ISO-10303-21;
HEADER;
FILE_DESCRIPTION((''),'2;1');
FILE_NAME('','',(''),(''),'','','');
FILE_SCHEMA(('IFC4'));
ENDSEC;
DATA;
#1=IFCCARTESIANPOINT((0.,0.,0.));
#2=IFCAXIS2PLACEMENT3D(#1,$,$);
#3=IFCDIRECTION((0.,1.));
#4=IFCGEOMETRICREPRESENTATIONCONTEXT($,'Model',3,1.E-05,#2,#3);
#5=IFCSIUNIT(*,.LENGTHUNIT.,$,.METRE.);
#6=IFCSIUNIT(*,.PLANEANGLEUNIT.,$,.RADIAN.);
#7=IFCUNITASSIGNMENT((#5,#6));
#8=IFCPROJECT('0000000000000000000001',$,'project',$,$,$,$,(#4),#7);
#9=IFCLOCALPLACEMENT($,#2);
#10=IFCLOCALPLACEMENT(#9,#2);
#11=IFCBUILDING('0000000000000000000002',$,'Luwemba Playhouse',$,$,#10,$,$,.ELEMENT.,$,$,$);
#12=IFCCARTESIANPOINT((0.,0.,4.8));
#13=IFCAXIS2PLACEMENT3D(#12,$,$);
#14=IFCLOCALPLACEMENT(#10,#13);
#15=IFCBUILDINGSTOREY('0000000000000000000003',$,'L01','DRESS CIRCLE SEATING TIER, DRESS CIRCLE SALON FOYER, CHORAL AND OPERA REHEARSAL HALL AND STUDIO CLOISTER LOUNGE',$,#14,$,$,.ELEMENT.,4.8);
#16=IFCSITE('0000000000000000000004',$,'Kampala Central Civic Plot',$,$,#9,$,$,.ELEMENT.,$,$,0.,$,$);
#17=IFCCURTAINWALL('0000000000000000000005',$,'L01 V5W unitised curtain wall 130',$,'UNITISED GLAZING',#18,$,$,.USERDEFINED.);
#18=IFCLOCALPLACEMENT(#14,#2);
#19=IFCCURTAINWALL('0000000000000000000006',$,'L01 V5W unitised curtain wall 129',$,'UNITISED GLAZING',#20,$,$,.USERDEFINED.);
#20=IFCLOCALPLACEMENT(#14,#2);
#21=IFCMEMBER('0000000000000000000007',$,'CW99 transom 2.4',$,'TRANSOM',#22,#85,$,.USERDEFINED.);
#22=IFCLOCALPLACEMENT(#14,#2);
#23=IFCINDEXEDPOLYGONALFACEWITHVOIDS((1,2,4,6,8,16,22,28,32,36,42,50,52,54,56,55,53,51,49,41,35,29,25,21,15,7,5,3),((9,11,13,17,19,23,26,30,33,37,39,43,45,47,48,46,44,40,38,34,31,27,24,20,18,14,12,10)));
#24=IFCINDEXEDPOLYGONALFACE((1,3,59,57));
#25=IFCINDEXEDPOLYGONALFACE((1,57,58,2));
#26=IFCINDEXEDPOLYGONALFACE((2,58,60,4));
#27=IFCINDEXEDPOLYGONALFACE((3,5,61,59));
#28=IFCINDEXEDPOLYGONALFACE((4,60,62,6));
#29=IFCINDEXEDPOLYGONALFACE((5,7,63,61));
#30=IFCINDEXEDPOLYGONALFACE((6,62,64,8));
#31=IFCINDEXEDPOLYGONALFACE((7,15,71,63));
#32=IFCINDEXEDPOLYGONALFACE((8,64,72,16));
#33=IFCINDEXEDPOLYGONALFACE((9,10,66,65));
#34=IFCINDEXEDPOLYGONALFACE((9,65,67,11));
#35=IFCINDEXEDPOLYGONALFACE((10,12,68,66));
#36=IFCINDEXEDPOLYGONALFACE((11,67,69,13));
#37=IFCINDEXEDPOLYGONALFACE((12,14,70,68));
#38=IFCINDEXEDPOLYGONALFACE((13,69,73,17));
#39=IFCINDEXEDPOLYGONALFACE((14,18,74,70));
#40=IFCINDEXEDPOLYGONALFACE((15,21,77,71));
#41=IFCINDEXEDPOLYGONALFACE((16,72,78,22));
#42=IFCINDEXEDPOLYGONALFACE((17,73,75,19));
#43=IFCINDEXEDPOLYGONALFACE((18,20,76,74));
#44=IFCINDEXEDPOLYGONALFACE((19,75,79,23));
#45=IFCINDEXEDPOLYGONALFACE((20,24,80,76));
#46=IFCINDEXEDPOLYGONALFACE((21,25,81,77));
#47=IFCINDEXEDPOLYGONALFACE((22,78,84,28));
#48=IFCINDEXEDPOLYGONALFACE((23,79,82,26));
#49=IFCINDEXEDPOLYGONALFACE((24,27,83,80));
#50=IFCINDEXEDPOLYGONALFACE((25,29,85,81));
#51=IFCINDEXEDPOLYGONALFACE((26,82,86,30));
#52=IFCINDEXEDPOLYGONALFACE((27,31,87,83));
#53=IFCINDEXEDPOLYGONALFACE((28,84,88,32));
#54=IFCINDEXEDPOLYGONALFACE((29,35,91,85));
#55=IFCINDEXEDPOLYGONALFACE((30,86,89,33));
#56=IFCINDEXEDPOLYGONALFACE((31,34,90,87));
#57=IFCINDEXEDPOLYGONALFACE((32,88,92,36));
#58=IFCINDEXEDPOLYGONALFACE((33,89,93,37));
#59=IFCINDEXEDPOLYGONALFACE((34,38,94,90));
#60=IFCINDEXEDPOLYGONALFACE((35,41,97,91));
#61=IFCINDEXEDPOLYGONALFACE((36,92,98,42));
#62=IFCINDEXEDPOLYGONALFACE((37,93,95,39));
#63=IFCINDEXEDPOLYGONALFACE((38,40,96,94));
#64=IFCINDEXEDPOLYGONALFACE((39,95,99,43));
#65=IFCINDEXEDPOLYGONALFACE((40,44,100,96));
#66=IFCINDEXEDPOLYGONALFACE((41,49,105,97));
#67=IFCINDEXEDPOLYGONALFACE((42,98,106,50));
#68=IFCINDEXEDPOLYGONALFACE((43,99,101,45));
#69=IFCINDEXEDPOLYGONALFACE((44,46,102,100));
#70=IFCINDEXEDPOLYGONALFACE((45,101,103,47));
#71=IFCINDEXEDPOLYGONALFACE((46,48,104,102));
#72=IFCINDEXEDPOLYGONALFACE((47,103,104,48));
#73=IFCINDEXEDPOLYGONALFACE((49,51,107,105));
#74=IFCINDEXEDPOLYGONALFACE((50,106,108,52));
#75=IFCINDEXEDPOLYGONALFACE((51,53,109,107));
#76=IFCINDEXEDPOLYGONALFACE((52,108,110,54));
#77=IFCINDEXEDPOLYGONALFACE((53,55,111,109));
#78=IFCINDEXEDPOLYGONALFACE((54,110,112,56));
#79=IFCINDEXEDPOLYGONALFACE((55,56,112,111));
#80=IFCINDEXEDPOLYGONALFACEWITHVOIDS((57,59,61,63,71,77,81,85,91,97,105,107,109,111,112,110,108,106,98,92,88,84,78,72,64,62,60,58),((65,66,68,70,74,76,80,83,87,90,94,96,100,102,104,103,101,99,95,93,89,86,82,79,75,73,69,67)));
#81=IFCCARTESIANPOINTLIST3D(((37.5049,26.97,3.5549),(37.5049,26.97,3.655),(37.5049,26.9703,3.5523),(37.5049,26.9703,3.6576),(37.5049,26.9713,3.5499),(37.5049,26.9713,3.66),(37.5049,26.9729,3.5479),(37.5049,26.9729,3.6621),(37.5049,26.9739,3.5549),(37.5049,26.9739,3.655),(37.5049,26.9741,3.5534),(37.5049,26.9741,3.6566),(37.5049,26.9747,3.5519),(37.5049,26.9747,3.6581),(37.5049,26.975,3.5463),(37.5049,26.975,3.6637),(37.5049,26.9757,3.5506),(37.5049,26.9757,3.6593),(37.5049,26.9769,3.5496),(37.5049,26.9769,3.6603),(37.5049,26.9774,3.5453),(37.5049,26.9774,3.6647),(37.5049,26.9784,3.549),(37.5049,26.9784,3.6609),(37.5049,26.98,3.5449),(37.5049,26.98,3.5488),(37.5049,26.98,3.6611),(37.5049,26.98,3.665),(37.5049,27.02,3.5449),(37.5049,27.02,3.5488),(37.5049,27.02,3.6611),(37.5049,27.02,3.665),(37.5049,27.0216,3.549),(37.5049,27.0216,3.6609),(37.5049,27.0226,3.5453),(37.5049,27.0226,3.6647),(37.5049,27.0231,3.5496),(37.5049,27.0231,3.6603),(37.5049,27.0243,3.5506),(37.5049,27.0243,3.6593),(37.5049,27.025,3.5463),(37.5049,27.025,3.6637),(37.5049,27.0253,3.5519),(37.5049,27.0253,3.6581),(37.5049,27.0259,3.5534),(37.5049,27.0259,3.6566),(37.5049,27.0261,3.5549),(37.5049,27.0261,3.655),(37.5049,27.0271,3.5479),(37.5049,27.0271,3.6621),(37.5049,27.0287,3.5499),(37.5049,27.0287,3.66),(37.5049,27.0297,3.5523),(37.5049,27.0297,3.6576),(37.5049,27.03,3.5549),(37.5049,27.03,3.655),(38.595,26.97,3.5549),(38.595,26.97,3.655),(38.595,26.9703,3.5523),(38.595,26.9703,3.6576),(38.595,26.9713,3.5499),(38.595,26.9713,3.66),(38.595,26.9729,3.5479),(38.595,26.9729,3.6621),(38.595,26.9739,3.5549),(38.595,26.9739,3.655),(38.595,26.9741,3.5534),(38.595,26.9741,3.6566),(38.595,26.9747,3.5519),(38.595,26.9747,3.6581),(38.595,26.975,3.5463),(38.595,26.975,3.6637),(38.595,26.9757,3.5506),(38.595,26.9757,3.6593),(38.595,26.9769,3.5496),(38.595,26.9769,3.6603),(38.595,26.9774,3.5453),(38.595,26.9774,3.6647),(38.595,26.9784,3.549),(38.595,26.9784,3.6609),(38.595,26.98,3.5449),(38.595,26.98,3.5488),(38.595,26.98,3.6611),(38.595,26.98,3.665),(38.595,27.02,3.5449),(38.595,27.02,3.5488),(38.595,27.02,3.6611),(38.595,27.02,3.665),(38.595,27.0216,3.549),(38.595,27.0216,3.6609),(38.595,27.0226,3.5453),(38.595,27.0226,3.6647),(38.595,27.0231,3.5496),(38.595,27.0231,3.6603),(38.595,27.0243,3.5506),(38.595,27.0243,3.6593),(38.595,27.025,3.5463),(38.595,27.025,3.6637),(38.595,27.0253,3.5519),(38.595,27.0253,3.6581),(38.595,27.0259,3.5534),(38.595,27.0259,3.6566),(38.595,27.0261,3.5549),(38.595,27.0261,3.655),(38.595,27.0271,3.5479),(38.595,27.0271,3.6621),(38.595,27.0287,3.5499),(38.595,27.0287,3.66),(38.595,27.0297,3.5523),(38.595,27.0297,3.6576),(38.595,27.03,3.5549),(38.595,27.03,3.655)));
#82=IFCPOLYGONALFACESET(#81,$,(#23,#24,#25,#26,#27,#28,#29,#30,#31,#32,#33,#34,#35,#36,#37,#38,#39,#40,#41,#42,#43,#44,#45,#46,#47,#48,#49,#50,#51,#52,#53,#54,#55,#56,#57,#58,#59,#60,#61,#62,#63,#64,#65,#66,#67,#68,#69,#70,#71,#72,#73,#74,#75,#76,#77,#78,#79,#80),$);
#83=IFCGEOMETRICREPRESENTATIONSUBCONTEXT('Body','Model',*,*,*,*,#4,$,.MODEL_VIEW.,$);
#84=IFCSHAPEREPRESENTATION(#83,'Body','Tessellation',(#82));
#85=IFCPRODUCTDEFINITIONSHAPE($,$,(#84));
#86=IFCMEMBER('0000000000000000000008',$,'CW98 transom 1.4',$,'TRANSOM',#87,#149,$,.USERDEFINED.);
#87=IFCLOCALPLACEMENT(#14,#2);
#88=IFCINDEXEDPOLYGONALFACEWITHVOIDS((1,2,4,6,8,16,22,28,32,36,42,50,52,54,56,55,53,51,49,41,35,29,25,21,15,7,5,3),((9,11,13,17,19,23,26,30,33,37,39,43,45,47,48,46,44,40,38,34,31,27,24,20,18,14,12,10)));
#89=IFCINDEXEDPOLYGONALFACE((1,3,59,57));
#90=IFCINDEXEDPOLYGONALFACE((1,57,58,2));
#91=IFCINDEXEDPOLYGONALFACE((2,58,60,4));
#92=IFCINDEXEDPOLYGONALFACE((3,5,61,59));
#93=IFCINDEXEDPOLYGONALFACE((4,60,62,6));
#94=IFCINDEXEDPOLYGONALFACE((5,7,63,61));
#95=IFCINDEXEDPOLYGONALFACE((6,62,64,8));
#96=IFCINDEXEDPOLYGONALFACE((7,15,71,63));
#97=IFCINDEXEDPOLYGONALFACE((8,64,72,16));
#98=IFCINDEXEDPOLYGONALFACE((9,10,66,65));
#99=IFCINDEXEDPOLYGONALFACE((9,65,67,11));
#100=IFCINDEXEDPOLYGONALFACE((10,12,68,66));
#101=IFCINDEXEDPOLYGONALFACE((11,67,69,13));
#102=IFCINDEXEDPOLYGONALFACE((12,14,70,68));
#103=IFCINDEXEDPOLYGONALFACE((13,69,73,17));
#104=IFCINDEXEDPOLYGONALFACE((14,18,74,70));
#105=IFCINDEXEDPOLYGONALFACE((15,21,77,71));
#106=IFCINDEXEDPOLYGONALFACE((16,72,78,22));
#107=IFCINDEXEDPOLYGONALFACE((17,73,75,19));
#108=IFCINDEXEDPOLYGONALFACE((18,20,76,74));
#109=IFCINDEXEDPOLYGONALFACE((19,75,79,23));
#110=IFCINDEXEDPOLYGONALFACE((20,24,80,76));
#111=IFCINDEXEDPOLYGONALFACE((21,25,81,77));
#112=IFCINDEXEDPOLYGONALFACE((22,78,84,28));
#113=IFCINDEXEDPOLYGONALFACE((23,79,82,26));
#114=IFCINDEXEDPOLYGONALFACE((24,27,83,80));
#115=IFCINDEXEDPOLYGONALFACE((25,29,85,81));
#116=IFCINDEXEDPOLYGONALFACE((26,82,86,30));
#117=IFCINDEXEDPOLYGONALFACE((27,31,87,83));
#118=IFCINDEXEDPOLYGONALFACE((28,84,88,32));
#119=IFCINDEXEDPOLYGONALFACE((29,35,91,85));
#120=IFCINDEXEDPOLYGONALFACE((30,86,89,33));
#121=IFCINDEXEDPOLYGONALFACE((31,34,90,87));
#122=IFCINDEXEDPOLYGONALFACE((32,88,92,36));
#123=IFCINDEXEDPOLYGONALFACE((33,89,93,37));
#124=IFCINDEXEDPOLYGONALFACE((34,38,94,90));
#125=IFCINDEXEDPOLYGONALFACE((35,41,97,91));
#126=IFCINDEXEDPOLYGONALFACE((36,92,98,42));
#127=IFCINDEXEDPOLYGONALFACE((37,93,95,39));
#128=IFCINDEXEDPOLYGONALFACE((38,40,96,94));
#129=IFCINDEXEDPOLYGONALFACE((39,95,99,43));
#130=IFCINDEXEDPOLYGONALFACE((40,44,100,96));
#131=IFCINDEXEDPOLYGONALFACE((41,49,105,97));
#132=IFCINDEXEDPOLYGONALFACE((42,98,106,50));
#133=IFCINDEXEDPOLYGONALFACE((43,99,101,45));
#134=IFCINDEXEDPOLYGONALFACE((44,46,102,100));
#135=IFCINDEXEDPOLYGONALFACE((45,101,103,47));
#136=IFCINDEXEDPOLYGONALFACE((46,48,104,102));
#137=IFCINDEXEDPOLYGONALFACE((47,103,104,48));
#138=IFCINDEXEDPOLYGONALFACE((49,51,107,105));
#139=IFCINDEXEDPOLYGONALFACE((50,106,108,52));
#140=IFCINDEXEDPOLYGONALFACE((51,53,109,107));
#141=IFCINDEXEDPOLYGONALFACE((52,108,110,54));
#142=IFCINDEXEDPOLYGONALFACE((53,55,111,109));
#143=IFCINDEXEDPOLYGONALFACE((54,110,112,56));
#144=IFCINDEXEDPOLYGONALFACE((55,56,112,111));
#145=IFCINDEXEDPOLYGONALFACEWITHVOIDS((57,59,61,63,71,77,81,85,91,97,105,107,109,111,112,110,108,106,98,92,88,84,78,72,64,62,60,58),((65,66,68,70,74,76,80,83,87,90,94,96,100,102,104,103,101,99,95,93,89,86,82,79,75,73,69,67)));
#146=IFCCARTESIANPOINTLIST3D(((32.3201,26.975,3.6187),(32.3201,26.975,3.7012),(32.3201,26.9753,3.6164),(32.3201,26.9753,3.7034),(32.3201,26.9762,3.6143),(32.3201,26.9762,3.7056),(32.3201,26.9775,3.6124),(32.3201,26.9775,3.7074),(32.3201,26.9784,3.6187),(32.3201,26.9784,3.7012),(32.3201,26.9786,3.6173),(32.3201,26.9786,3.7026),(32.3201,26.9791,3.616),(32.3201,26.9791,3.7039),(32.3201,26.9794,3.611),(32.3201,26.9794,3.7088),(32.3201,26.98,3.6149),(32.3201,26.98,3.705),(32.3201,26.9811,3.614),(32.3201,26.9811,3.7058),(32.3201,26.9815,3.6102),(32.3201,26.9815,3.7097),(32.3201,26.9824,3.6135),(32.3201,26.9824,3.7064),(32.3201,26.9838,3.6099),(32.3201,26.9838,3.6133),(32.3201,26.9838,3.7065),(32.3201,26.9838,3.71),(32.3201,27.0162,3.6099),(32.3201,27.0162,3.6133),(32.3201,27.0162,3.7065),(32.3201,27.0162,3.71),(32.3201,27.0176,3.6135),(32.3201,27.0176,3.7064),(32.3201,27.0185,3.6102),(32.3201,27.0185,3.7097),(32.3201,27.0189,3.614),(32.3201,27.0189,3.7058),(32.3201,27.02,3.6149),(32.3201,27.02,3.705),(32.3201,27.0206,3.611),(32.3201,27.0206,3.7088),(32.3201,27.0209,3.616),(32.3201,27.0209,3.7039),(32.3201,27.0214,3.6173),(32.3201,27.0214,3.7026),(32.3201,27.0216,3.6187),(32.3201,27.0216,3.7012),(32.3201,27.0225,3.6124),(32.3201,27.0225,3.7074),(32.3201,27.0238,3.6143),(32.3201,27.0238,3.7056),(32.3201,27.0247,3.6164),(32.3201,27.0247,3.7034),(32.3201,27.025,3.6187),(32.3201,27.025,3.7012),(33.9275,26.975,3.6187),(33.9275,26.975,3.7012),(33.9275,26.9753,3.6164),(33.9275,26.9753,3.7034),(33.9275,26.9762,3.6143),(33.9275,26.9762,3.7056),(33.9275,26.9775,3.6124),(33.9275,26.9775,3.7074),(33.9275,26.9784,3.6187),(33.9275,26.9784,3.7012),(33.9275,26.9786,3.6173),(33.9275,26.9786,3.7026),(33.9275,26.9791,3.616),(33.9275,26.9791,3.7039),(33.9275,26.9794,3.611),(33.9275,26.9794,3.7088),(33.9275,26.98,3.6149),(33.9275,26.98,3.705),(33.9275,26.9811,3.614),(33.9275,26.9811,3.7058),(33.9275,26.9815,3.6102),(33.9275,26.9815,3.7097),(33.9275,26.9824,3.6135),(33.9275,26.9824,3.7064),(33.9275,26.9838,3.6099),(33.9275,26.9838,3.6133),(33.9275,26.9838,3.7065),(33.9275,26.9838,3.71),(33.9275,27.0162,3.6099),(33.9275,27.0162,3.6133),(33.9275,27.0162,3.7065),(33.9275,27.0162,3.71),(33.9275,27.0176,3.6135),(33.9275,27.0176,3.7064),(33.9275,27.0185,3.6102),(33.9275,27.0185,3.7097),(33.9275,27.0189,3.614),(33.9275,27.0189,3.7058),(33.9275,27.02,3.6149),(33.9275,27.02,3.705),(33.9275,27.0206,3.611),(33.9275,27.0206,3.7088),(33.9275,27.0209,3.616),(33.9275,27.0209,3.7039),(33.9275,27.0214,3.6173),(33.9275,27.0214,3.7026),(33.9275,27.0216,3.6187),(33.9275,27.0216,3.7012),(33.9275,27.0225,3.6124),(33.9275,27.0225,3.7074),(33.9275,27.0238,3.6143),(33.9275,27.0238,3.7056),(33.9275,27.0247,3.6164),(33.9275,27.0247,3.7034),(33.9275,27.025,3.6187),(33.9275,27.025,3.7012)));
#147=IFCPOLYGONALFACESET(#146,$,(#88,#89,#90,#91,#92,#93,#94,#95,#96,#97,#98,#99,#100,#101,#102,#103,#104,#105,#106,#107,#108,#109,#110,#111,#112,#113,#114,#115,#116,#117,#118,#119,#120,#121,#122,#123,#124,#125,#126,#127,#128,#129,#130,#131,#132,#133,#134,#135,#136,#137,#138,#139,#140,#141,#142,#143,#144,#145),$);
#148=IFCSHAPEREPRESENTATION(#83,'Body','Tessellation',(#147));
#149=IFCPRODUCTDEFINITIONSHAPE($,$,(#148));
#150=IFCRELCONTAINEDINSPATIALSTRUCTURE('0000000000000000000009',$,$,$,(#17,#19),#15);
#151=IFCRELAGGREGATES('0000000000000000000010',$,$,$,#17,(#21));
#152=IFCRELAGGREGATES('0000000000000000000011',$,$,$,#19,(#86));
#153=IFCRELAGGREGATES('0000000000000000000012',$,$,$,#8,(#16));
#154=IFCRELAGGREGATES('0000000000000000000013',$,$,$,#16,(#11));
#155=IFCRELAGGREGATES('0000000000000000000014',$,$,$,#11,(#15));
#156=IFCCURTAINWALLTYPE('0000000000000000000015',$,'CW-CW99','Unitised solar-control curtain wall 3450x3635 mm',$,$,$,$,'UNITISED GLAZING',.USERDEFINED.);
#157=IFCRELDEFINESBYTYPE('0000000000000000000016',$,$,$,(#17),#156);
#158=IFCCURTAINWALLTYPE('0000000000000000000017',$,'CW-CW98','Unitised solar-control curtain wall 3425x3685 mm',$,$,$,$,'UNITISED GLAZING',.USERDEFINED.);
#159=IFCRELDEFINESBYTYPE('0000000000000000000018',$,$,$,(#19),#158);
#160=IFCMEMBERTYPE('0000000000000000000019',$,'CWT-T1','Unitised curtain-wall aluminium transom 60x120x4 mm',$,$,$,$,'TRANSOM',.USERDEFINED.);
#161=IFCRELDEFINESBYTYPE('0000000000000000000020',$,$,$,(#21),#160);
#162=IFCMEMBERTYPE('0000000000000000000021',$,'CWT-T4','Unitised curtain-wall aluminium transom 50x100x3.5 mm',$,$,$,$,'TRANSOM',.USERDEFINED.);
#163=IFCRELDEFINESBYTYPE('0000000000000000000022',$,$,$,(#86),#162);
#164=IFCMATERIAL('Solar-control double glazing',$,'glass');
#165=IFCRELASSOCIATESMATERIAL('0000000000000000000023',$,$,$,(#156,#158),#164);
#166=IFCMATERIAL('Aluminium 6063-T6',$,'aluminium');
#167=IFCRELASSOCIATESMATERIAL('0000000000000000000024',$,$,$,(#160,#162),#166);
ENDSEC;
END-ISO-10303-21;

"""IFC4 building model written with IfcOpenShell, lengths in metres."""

from ifc_helpers import new_model, si_unit, direction, frame, origin, origin_2d, place, context, subcontext, project, spatial, hollow_rectangle, extrude, material, material_profile, profile_set, type_object, element, aggregate, save


model = new_model("IFC4")

# Units and contexts
model_context = context("Model", 3, precision=1e-05, world=origin(), true_north=direction((0.0, 1.0)))
body_context = subcontext(model_context, "Body", "Model", "MODEL_VIEW")
ifc_project = project(units=[si_unit("LENGTHUNIT", "METRE"), si_unit("PLANEANGLEUNIT", "RADIAN")], contexts=[model_context])

# Site, building, storey
site_placement = place(None, origin())
site = spatial("IfcSite", under=ifc_project, at=site_placement, Name="Kampala Central Civic Plot", CompositionType="ELEMENT", RefElevation=0.0)
building_placement = place(site_placement, origin())
building = spatial("IfcBuilding", under=site, at=building_placement, Name="Luwemba Playhouse", CompositionType="ELEMENT")
storey_placement = place(building_placement, frame((0.0, 0.0, 4.8)))
storey = spatial("IfcBuildingStorey", under=building, at=storey_placement, Name="L01", Description="DRESS CIRCLE SEATING TIER, DRESS CIRCLE SALON FOYER, CHORAL AND OPERA REHEARSAL HALL AND STUDIO CLOISTER LOUNGE", CompositionType="ELEMENT", Elevation=4.8)

# Curtain walls
ifc_material_1 = material(Name="Solar-control double glazing", Category="glass")
curtain_wall_type_1 = type_object("IfcCurtainWallType", Name="CW-CW99", Description="Unitised solar-control curtain wall 3450x3635 mm", ElementType="UNITISED GLAZING", PredefinedType="USERDEFINED", material=ifc_material_1)
curtain_wall_1_placement = place(storey_placement, origin())
curtain_wall_1 = element("IfcCurtainWall", 1, at=curtain_wall_1_placement, inside=storey, type_object=curtain_wall_type_1, Name="L01 V5W unitised curtain wall 130", ObjectType="UNITISED GLAZING", PredefinedType="USERDEFINED")
ifc_material_2 = material(Name="Aluminium 6063-T6", Category="aluminium")
curtain_wall_type_2 = type_object("IfcCurtainWallType", Name="CW-CW98", Description="Unitised solar-control curtain wall 3425x3685 mm", ElementType="UNITISED GLAZING", PredefinedType="USERDEFINED", material=ifc_material_1)
curtain_wall_2_placement = place(storey_placement, origin())
curtain_wall_2 = element("IfcCurtainWall", 2, at=curtain_wall_2_placement, inside=storey, type_object=curtain_wall_type_2, Name="L01 V5W unitised curtain wall 129", ObjectType="UNITISED GLAZING", PredefinedType="USERDEFINED")

# Members
ifc_material_profile_1 = material_profile(ifc_material_2, hollow_rectangle(XDim=0.0601, YDim=0.1201, WallThickness=0.0039, InnerFilletRadius=0.0061, OuterFilletRadius=0.01, at=origin_2d()))
ifc_profile_set_1 = profile_set([ifc_material_profile_1], Name="Aluminium 6063-T6")
member_type_1 = type_object("IfcMemberType", Name="CWT-T1", Description="Unitised curtain-wall aluminium transom 60x120x4 mm", ElementType="TRANSOM", PredefinedType="USERDEFINED", material=ifc_profile_set_1)
member_1_placement = place(storey_placement, frame((37.5049, 27.0, 3.605), z_axis=(1.0, 0.0, 0.0), x_axis=(0.0, 1.0, 0.0)))
member_1 = element("IfcMember", 3, at=member_1_placement, type_object=member_type_1, Name="CW99 transom 2.4", ObjectType="TRANSOM", PredefinedType="USERDEFINED", context=body_context, shape_type="SweptSolid", body=[
    extrude(hollow_rectangle(XDim=0.0601, YDim=0.1201, WallThickness=0.0039, InnerFilletRadius=0.0061, OuterFilletRadius=0.01, at=origin_2d()), origin(), (0.0, 0.0, 1.0), 1.0901),
])
ifc_material_profile_2 = material_profile(ifc_material_2, hollow_rectangle(XDim=0.05, YDim=0.1001, WallThickness=0.0034, InnerFilletRadius=0.0054, OuterFilletRadius=0.0088, at=origin_2d()))
ifc_profile_set_2 = profile_set([ifc_material_profile_2], Name="Aluminium 6063-T6")
member_type_2 = type_object("IfcMemberType", Name="CWT-T4", Description="Unitised curtain-wall aluminium transom 50x100x3.5 mm", ElementType="TRANSOM", PredefinedType="USERDEFINED", material=ifc_profile_set_2)
member_2_placement = place(storey_placement, frame((32.3201, 27.0, 3.6599), z_axis=(1.0, 0.0, 0.0), x_axis=(0.0, 1.0, 0.0)))
member_2 = element("IfcMember", 4, at=member_2_placement, type_object=member_type_2, Name="CW98 transom 1.4", ObjectType="TRANSOM", PredefinedType="USERDEFINED", context=body_context, shape_type="SweptSolid", body=[
    extrude(hollow_rectangle(XDim=0.05, YDim=0.1001, WallThickness=0.0034, InnerFilletRadius=0.0054, OuterFilletRadius=0.0088, at=origin_2d()), origin(), (0.0, 0.0, 1.0), 1.6074),
])

aggregate(curtain_wall_1, [member_1])
aggregate(curtain_wall_2, [member_2])

save(model, "model.ifc")
